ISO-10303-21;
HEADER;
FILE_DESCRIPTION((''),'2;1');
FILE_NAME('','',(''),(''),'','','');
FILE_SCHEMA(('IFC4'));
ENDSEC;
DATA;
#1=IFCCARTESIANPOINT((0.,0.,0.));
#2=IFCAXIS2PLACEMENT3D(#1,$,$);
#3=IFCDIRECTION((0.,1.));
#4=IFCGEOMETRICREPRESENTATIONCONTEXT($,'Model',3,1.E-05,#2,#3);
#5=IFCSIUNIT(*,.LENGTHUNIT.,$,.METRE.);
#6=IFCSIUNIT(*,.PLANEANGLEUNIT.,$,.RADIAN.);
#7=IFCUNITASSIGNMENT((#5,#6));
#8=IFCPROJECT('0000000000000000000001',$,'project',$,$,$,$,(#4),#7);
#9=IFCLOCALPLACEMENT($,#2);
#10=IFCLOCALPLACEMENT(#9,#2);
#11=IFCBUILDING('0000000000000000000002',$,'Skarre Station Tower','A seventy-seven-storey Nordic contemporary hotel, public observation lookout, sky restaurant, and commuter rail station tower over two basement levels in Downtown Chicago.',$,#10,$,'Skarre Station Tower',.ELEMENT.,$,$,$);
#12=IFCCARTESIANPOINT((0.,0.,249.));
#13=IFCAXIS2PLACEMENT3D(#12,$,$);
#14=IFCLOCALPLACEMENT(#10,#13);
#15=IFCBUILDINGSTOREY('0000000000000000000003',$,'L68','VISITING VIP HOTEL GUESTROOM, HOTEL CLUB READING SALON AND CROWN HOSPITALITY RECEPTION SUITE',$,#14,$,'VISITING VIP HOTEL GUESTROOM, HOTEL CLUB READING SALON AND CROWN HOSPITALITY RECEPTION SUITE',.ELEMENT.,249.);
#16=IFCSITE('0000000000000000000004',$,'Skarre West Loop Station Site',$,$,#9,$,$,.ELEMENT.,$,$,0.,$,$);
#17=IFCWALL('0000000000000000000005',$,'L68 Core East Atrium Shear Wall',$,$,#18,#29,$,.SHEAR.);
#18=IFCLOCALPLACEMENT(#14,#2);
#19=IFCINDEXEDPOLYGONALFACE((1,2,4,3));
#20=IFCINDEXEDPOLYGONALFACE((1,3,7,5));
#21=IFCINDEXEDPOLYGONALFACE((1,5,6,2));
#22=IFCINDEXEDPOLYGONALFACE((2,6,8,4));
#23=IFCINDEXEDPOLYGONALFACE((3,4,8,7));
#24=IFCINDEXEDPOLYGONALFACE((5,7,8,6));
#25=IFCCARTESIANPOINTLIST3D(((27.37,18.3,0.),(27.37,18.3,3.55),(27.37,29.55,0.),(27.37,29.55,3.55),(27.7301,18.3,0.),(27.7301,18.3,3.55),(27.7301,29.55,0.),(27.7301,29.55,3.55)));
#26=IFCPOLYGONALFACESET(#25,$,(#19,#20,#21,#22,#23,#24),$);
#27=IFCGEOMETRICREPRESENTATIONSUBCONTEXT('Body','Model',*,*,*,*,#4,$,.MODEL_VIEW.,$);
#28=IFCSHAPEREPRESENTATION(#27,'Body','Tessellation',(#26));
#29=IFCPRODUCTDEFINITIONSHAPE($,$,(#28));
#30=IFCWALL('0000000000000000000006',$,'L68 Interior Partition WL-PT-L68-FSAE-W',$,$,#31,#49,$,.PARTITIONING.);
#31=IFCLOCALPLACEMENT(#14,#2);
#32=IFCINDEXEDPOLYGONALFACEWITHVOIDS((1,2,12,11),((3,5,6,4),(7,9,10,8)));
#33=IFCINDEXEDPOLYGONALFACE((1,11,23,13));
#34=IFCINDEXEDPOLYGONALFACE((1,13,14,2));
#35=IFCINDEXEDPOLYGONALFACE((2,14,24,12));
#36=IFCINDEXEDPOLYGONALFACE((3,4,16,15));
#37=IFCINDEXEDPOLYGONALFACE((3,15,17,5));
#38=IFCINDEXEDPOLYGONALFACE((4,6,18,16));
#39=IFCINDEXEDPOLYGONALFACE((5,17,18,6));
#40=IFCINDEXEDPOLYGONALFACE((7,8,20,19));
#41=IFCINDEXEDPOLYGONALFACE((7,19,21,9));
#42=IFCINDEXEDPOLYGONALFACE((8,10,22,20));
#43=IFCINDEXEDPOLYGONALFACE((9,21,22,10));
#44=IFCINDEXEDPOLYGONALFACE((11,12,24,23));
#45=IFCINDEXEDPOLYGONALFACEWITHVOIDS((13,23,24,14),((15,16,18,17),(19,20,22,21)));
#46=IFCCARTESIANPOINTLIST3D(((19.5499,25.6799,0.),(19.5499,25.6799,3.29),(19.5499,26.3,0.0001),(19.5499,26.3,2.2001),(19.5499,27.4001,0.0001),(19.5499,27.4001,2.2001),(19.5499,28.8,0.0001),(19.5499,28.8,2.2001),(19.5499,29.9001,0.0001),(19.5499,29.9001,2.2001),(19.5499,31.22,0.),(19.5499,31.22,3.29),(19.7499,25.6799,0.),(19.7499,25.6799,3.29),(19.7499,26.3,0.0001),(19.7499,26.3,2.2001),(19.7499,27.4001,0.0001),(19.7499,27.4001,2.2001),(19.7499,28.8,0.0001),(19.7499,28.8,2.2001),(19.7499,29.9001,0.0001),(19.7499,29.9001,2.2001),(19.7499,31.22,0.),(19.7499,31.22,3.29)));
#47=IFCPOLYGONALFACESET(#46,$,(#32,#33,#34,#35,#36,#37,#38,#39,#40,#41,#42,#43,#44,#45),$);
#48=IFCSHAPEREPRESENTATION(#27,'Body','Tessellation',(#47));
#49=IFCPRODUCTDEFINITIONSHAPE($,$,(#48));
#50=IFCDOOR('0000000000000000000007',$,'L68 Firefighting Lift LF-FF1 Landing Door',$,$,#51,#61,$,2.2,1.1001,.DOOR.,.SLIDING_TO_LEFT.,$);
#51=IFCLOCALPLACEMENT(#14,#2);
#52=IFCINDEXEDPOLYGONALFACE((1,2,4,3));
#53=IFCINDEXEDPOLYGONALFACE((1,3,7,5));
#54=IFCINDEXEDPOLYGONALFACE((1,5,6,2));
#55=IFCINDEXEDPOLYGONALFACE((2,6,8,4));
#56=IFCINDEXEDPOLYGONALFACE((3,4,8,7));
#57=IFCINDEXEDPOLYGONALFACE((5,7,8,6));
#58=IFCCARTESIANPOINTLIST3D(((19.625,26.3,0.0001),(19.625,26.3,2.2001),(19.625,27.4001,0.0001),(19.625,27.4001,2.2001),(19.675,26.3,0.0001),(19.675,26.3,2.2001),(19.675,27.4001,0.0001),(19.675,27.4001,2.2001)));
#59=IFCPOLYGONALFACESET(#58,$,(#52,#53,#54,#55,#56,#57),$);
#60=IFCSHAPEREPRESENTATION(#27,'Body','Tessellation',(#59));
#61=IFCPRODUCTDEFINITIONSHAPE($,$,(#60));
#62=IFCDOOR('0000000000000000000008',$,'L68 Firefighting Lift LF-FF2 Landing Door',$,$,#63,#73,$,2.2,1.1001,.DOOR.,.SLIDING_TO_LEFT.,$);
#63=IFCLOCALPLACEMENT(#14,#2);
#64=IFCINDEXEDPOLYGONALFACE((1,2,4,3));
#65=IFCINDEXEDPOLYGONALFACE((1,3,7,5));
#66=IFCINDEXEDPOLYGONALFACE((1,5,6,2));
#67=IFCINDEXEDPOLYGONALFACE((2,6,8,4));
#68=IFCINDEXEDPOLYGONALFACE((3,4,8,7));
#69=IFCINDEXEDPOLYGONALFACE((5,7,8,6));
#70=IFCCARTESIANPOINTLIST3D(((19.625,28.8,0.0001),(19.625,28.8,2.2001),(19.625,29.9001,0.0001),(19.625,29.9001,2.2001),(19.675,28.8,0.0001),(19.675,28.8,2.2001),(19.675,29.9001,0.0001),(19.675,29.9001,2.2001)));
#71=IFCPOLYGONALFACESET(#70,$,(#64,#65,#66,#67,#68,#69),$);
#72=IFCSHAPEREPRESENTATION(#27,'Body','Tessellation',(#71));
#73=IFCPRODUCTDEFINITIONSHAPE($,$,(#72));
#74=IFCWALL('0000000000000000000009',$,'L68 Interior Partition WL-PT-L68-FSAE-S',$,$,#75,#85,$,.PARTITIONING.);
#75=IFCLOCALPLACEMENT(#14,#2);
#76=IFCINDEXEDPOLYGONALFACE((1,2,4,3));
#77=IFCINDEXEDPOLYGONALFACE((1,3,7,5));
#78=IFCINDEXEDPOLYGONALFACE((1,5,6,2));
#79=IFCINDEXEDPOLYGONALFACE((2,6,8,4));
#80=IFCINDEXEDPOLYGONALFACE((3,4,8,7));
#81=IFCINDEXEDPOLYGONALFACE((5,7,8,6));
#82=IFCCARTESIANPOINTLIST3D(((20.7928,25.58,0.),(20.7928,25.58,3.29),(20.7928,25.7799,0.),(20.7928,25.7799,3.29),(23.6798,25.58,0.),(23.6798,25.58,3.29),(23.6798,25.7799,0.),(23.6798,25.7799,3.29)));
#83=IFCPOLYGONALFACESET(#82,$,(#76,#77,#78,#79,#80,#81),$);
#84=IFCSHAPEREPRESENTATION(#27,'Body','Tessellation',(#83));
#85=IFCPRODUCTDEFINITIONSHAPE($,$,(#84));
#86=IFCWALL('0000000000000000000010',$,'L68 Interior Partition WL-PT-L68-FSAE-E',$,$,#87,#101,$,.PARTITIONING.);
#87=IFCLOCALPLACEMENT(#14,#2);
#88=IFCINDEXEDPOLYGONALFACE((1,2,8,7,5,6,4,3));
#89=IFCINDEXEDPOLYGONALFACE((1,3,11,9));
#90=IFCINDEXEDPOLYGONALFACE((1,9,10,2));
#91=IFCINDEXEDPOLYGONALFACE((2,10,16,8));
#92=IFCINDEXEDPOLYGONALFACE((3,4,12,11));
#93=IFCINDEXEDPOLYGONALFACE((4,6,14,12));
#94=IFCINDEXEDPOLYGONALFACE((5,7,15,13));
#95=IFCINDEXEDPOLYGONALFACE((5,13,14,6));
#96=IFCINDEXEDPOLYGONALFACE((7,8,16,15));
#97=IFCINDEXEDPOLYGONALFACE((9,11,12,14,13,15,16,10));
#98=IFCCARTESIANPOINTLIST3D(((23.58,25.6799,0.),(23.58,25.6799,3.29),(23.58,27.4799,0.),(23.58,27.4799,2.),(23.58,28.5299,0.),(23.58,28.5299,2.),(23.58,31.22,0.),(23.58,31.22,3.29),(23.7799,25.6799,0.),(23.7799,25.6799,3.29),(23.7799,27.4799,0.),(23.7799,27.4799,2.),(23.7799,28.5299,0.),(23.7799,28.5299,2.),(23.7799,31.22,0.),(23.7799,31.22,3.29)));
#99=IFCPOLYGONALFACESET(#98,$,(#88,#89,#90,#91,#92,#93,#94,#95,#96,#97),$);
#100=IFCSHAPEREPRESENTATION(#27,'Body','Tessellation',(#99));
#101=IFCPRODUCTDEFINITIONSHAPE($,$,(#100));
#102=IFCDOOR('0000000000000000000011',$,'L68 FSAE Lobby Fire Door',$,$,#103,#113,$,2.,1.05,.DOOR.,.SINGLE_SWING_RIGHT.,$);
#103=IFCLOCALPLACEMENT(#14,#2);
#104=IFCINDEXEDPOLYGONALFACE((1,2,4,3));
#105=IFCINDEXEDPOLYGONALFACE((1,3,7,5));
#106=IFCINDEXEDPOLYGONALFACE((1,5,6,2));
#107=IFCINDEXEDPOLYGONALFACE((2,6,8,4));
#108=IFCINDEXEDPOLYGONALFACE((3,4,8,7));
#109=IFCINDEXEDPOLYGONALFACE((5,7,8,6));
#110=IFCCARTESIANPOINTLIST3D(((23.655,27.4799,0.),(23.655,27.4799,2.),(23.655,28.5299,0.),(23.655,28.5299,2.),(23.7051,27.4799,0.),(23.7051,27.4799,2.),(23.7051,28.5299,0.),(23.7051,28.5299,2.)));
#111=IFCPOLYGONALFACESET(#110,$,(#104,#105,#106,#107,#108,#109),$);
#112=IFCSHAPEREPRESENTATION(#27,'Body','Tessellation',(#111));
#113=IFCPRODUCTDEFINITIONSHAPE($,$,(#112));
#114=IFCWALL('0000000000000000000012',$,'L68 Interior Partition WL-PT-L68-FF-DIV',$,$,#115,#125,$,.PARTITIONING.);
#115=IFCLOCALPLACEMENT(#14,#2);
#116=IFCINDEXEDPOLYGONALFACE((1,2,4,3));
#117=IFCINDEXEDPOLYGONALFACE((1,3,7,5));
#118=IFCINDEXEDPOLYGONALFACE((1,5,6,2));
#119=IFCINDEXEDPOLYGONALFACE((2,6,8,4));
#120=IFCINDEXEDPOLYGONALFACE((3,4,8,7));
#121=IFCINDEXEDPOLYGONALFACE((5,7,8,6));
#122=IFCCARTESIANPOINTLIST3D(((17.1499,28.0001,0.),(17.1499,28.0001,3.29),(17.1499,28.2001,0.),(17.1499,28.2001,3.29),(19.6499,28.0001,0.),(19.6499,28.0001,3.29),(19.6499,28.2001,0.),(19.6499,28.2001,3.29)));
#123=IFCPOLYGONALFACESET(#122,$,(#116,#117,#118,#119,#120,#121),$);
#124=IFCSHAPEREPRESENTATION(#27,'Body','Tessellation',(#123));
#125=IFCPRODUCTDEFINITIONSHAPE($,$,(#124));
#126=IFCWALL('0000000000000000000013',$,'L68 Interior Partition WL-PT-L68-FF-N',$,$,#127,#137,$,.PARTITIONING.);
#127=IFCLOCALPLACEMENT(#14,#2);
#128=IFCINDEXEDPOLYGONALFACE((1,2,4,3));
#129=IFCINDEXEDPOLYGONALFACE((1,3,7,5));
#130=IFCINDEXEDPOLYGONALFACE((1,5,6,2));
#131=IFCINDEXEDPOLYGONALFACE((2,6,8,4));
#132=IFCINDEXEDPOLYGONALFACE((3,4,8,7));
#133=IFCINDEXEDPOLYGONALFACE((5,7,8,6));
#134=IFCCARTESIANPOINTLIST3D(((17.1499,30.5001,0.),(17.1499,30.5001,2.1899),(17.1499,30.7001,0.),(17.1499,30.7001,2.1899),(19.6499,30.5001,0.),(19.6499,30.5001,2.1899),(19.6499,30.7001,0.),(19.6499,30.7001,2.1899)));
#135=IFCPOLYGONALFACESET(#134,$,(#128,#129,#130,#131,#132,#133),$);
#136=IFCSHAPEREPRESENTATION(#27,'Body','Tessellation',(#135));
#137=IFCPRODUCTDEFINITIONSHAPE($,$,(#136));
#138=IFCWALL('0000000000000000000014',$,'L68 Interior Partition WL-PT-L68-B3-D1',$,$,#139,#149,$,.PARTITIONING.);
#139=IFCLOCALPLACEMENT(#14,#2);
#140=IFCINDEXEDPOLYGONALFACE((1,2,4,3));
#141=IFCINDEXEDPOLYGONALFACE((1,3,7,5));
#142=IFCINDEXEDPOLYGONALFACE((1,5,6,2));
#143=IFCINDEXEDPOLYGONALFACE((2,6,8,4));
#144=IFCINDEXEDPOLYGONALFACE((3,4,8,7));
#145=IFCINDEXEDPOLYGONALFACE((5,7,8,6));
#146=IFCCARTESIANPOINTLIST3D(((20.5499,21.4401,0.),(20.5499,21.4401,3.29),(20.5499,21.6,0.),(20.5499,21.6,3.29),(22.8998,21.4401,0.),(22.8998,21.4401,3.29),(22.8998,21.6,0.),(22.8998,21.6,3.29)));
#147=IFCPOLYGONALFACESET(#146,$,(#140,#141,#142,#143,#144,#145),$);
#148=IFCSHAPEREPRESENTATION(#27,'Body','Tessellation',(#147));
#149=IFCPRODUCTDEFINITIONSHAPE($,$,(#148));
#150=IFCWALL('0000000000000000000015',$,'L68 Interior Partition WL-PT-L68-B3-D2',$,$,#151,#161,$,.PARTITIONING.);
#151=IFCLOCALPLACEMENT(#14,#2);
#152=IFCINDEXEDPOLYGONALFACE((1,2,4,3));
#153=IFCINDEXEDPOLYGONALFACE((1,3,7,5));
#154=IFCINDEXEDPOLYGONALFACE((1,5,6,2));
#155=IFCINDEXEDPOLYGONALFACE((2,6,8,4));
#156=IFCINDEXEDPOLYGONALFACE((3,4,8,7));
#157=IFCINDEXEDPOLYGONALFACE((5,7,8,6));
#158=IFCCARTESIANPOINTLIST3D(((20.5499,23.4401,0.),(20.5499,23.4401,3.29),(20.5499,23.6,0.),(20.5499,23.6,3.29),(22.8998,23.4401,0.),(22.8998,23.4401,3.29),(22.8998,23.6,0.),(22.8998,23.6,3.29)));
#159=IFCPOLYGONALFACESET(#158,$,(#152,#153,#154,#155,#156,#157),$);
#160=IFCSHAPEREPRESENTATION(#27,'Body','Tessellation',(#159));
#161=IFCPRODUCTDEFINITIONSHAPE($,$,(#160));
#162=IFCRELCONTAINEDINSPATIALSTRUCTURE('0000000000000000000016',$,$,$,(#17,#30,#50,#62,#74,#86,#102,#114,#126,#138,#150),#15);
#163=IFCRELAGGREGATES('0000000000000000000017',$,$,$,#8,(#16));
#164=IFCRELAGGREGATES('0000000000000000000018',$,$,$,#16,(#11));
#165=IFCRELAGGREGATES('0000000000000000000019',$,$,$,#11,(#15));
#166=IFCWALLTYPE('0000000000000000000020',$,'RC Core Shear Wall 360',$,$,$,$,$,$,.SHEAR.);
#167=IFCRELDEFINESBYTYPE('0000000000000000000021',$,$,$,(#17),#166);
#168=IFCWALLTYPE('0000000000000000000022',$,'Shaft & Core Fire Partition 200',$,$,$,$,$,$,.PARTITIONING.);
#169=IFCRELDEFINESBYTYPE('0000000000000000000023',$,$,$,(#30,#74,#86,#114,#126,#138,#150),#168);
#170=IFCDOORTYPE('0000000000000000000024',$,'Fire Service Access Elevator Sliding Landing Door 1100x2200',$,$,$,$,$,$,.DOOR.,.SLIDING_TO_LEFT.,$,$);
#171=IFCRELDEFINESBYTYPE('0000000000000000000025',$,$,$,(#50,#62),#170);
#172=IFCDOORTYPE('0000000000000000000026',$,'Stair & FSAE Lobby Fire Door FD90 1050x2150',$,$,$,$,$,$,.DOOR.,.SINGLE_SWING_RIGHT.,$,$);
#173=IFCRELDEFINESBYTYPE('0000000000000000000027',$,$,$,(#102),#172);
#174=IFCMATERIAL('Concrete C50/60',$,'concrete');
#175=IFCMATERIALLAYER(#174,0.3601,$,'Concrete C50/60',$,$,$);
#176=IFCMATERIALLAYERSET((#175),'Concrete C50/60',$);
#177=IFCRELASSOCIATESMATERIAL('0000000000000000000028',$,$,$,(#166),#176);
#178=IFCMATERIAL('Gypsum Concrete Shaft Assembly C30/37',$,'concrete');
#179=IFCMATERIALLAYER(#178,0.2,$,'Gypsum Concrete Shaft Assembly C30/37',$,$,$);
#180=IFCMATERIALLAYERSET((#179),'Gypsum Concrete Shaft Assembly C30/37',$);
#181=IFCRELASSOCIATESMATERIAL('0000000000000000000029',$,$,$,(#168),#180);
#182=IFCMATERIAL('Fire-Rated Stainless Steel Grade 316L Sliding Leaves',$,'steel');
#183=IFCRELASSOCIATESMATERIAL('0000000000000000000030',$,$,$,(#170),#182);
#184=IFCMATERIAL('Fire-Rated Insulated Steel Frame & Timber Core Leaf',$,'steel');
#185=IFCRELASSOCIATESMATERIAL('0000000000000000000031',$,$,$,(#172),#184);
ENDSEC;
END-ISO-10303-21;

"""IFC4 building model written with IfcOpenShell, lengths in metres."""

from ifc_helpers import new_model, si_unit, direction, frame, frame_2d, origin, place, context, subcontext, project, spatial, rectangle, extrude, material, layer, layer_set, type_object, element, fill, save


model = new_model("IFC4")

# Units and contexts
model_context = context("Model", 3, precision=1e-05, world=origin(), true_north=direction((0.0, 1.0)))
body_context = subcontext(model_context, "Body", "Model", "MODEL_VIEW")
ifc_project = project(units=[si_unit("LENGTHUNIT", "METRE"), si_unit("PLANEANGLEUNIT", "RADIAN")], contexts=[model_context])

# Site, building, storey
site_placement = place(None, origin())
site = spatial("IfcSite", under=ifc_project, at=site_placement, Name="Skarre West Loop Station Site", CompositionType="ELEMENT", RefElevation=0.0)
building_placement = place(site_placement, origin())
building = spatial("IfcBuilding", under=site, at=building_placement, Name="Skarre Station Tower", Description="A seventy-seven-storey Nordic contemporary hotel, public observation lookout, sky restaurant, and commuter rail station tower over two basement levels in Downtown Chicago.", LongName="Skarre Station Tower", CompositionType="ELEMENT")
storey_placement = place(building_placement, frame((0.0, 0.0, 249.0)))
storey = spatial("IfcBuildingStorey", under=building, at=storey_placement, Name="L68", Description="VISITING VIP HOTEL GUESTROOM, HOTEL CLUB READING SALON AND CROWN HOSPITALITY RECEPTION SUITE", LongName="VISITING VIP HOTEL GUESTROOM, HOTEL CLUB READING SALON AND CROWN HOSPITALITY RECEPTION SUITE", CompositionType="ELEMENT", Elevation=249.0)

# Shared definitions
ifc_material_1 = material(Name="Concrete C50/60", Category="concrete")

# Wall
ifc_layer_1 = layer(ifc_material_1, 0.3601, Name="Concrete C50/60")
ifc_layer_set_1 = layer_set([ifc_layer_1], Name="Concrete C50/60")
wall_type_1 = type_object("IfcWallType", Name="RC Core Shear Wall 360", PredefinedType="SHEAR", material=ifc_layer_set_1)
wall_1_placement = place(storey_placement, frame((27.55, 29.55, 0.0), z_axis=(0.0, 0.0, 1.0), x_axis=(0.0, -1.0, 0.0)))
element("IfcWall", 1, at=wall_1_placement, inside=storey, type_object=wall_type_1, Name="L68 Core East Atrium Shear Wall", PredefinedType="SHEAR", context=body_context, shape_type="SweptSolid", body=[
    extrude(rectangle(XDim=11.25, YDim=0.3601, at=frame_2d((5.625, 0.0))), origin(), (0.0, 0.0, 1.0), 3.55),
])

# Wall, openings, doors
ifc_material_2 = material(Name="Gypsum Concrete Shaft Assembly C30/37", Category="concrete")
ifc_layer_2 = layer(ifc_material_2, 0.2, Name="Gypsum Concrete Shaft Assembly C30/37")
ifc_layer_set_2 = layer_set([ifc_layer_2], Name="Gypsum Concrete Shaft Assembly C30/37")
wall_type_2 = type_object("IfcWallType", Name="Shaft & Core Fire Partition 200", PredefinedType="PARTITIONING", material=ifc_layer_set_2)
wall_2_placement = place(storey_placement, frame((19.6499, 25.6799, 0.0), z_axis=(0.0, 0.0, 1.0), x_axis=(0.0, 1.0, 0.0)))
wall_2 = element("IfcWall", 2, at=wall_2_placement, inside=storey, type_object=wall_type_2, Name="L68 Interior Partition WL-PT-L68-FSAE-W", PredefinedType="PARTITIONING", context=body_context, shape_type="SweptSolid", body=[
    extrude(rectangle(XDim=5.54, YDim=0.2, at=frame_2d((2.77, 0.0))), origin(), (0.0, 0.0, 1.0), 3.29),
])
opening_1_placement = place(wall_2_placement, frame((0.6201, 0.0, 0.0)))
opening_1 = element("IfcOpeningElement", 3, at=opening_1_placement, cuts=wall_2, PredefinedType="OPENING", context=body_context, shape_type="SweptSolid", body=[
    extrude(rectangle(XDim=1.1001, YDim=2.2, at=frame_2d((0.55, 1.1001))), frame((0.0, 0.1099, 0.0), z_axis=(0.0, -1.0, 0.0), x_axis=(1.0, 0.0, 0.0)), (0.0, 0.0, 1.0), 0.22),
])
opening_2_placement = place(wall_2_placement, frame((3.1201, 0.0, 0.0)))
opening_2 = element("IfcOpeningElement", 4, at=opening_2_placement, cuts=wall_2, PredefinedType="OPENING", context=body_context, shape_type="SweptSolid", body=[
    extrude(rectangle(XDim=1.1001, YDim=2.2, at=frame_2d((0.55, 1.1001))), frame((0.0, 0.1099, 0.0), z_axis=(0.0, -1.0, 0.0), x_axis=(1.0, 0.0, 0.0)), (0.0, 0.0, 1.0), 0.22),
])
ifc_material_3 = material(Name="Fire-Rated Stainless Steel Grade 316L Sliding Leaves", Category="steel")
door_type_1 = type_object("IfcDoorType", Name="Fire Service Access Elevator Sliding Landing Door 1100x2200", OperationType="SLIDING_TO_LEFT", PredefinedType="DOOR", material=ifc_material_3)
door_1_placement = place(opening_1_placement, origin())
door_1 = element("IfcDoor", 5, at=door_1_placement, inside=storey, type_object=door_type_1, Name="L68 Firefighting Lift LF-FF1 Landing Door", OperationType="SLIDING_TO_LEFT", OverallHeight=2.2, OverallWidth=1.1001, PredefinedType="DOOR", context=body_context, shape_type="SweptSolid", body=[
    extrude(rectangle(XDim=1.1001, YDim=2.2, at=frame_2d((0.55, 1.1001))), frame((0.0, 0.0249, 0.0), z_axis=(0.0, -1.0, 0.0), x_axis=(1.0, 0.0, 0.0)), (0.0, 0.0, 1.0), 0.05),
])
fill(opening_1, door_1)
door_2_placement = place(opening_2_placement, origin())
door_2 = element("IfcDoor", 6, at=door_2_placement, inside=storey, type_object=door_type_1, Name="L68 Firefighting Lift LF-FF2 Landing Door", OperationType="SLIDING_TO_LEFT", OverallHeight=2.2, OverallWidth=1.1001, PredefinedType="DOOR", context=body_context, shape_type="SweptSolid", body=[
    extrude(rectangle(XDim=1.1001, YDim=2.2, at=frame_2d((0.55, 1.1001))), frame((0.0, 0.0249, 0.0), z_axis=(0.0, -1.0, 0.0), x_axis=(1.0, 0.0, 0.0)), (0.0, 0.0, 1.0), 0.05),
])
fill(opening_2, door_2)

# Wall
wall_3_placement = place(storey_placement, frame((20.793, 25.6799, 0.0), z_axis=(0.0, 0.0, 1.0), x_axis=(1.0, 0.0, 0.0)))
element("IfcWall", 7, at=wall_3_placement, inside=storey, type_object=wall_type_2, Name="L68 Interior Partition WL-PT-L68-FSAE-S", PredefinedType="PARTITIONING", context=body_context, shape_type="SweptSolid", body=[
    extrude(rectangle(XDim=2.887, YDim=0.2, at=frame_2d((1.4434, 0.0))), origin(), (0.0, 0.0, 1.0), 3.29),
])

# Wall, opening, door
wall_4_placement = place(storey_placement, frame((23.6799, 25.6799, 0.0), z_axis=(0.0, 0.0, 1.0), x_axis=(0.0, 1.0, 0.0)))
wall_4 = element("IfcWall", 8, at=wall_4_placement, inside=storey, type_object=wall_type_2, Name="L68 Interior Partition WL-PT-L68-FSAE-E", PredefinedType="PARTITIONING", context=body_context, shape_type="SweptSolid", body=[
    extrude(rectangle(XDim=5.54, YDim=0.2, at=frame_2d((2.77, 0.0))), origin(), (0.0, 0.0, 1.0), 3.29),
])
opening_3_placement = place(wall_4_placement, frame((1.8, 0.0, 0.0)))
opening_3 = element("IfcOpeningElement", 9, at=opening_3_placement, cuts=wall_4, PredefinedType="OPENING", context=body_context, shape_type="SweptSolid", body=[
    extrude(rectangle(XDim=1.05, YDim=2.0, at=frame_2d((0.5249, 1.0))), frame((0.0, 0.1099, 0.0), z_axis=(0.0, -1.0, 0.0), x_axis=(1.0, 0.0, 0.0)), (0.0, 0.0, 1.0), 0.22),
])
ifc_material_4 = material(Name="Fire-Rated Insulated Steel Frame & Timber Core Leaf", Category="steel")
door_type_2 = type_object("IfcDoorType", Name="Stair & FSAE Lobby Fire Door FD90 1050x2150", OperationType="SINGLE_SWING_RIGHT", PredefinedType="DOOR", material=ifc_material_4)
door_3_placement = place(opening_3_placement, origin())
door_3 = element("IfcDoor", 10, at=door_3_placement, inside=storey, type_object=door_type_2, Name="L68 FSAE Lobby Fire Door", OperationType="SINGLE_SWING_RIGHT", OverallHeight=2.0, OverallWidth=1.05, PredefinedType="DOOR", context=body_context, shape_type="SweptSolid", body=[
    extrude(rectangle(XDim=1.05, YDim=2.0, at=frame_2d((0.5249, 1.0))), frame((0.0, 0.0249, 0.0), z_axis=(0.0, -1.0, 0.0), x_axis=(1.0, 0.0, 0.0)), (0.0, 0.0, 1.0), 0.05),
])
fill(opening_3, door_3)

# Walls
wall_5_placement = place(storey_placement, frame((17.1499, 28.1001, 0.0), z_axis=(0.0, 0.0, 1.0), x_axis=(1.0, 0.0, 0.0)))
element("IfcWall", 11, at=wall_5_placement, inside=storey, type_object=wall_type_2, Name="L68 Interior Partition WL-PT-L68-FF-DIV", PredefinedType="PARTITIONING", context=body_context, shape_type="SweptSolid", body=[
    extrude(rectangle(XDim=2.5, YDim=0.2, at=frame_2d((1.25, 0.0))), origin(), (0.0, 0.0, 1.0), 3.29),
])
wall_6_placement = place(storey_placement, frame((19.6499, 30.6001, 0.0), z_axis=(0.0, 0.0, 1.0), x_axis=(-1.0, 0.0, 0.0)))
element("IfcWall", 12, at=wall_6_placement, inside=storey, type_object=wall_type_2, Name="L68 Interior Partition WL-PT-L68-FF-N", PredefinedType="PARTITIONING", context=body_context, shape_type="SweptSolid", body=[
    extrude(rectangle(XDim=2.5, YDim=0.2, at=frame_2d((1.25, 0.0))), origin(), (0.0, 0.0, 1.0), 2.1899),
])
for number, where, z_axis, x_axis, name in (
    (13, (20.55, 21.52, 0.0), (0.0, 0.0, 1.0), (1.0, 0.0, 0.0), "L68 Interior Partition WL-PT-L68-B3-D1"),
    (14, (20.55, 23.52, 0.0), (0.0, 0.0, 1.0), (1.0, 0.0, 0.0), "L68 Interior Partition WL-PT-L68-B3-D2"),
):
    element("IfcWall", number, at=place(storey_placement, frame(where, z_axis=z_axis, x_axis=x_axis)), inside=storey, type_object=wall_type_2, Name=name, PredefinedType="PARTITIONING", context=body_context, shape_type="SweptSolid", body=[
        extrude(rectangle(XDim=2.3499, YDim=0.1599, at=frame_2d((1.1748, 0.0))), origin(), (0.0, 0.0, 1.0), 3.29),
    ])

save(model, "model.ifc")
